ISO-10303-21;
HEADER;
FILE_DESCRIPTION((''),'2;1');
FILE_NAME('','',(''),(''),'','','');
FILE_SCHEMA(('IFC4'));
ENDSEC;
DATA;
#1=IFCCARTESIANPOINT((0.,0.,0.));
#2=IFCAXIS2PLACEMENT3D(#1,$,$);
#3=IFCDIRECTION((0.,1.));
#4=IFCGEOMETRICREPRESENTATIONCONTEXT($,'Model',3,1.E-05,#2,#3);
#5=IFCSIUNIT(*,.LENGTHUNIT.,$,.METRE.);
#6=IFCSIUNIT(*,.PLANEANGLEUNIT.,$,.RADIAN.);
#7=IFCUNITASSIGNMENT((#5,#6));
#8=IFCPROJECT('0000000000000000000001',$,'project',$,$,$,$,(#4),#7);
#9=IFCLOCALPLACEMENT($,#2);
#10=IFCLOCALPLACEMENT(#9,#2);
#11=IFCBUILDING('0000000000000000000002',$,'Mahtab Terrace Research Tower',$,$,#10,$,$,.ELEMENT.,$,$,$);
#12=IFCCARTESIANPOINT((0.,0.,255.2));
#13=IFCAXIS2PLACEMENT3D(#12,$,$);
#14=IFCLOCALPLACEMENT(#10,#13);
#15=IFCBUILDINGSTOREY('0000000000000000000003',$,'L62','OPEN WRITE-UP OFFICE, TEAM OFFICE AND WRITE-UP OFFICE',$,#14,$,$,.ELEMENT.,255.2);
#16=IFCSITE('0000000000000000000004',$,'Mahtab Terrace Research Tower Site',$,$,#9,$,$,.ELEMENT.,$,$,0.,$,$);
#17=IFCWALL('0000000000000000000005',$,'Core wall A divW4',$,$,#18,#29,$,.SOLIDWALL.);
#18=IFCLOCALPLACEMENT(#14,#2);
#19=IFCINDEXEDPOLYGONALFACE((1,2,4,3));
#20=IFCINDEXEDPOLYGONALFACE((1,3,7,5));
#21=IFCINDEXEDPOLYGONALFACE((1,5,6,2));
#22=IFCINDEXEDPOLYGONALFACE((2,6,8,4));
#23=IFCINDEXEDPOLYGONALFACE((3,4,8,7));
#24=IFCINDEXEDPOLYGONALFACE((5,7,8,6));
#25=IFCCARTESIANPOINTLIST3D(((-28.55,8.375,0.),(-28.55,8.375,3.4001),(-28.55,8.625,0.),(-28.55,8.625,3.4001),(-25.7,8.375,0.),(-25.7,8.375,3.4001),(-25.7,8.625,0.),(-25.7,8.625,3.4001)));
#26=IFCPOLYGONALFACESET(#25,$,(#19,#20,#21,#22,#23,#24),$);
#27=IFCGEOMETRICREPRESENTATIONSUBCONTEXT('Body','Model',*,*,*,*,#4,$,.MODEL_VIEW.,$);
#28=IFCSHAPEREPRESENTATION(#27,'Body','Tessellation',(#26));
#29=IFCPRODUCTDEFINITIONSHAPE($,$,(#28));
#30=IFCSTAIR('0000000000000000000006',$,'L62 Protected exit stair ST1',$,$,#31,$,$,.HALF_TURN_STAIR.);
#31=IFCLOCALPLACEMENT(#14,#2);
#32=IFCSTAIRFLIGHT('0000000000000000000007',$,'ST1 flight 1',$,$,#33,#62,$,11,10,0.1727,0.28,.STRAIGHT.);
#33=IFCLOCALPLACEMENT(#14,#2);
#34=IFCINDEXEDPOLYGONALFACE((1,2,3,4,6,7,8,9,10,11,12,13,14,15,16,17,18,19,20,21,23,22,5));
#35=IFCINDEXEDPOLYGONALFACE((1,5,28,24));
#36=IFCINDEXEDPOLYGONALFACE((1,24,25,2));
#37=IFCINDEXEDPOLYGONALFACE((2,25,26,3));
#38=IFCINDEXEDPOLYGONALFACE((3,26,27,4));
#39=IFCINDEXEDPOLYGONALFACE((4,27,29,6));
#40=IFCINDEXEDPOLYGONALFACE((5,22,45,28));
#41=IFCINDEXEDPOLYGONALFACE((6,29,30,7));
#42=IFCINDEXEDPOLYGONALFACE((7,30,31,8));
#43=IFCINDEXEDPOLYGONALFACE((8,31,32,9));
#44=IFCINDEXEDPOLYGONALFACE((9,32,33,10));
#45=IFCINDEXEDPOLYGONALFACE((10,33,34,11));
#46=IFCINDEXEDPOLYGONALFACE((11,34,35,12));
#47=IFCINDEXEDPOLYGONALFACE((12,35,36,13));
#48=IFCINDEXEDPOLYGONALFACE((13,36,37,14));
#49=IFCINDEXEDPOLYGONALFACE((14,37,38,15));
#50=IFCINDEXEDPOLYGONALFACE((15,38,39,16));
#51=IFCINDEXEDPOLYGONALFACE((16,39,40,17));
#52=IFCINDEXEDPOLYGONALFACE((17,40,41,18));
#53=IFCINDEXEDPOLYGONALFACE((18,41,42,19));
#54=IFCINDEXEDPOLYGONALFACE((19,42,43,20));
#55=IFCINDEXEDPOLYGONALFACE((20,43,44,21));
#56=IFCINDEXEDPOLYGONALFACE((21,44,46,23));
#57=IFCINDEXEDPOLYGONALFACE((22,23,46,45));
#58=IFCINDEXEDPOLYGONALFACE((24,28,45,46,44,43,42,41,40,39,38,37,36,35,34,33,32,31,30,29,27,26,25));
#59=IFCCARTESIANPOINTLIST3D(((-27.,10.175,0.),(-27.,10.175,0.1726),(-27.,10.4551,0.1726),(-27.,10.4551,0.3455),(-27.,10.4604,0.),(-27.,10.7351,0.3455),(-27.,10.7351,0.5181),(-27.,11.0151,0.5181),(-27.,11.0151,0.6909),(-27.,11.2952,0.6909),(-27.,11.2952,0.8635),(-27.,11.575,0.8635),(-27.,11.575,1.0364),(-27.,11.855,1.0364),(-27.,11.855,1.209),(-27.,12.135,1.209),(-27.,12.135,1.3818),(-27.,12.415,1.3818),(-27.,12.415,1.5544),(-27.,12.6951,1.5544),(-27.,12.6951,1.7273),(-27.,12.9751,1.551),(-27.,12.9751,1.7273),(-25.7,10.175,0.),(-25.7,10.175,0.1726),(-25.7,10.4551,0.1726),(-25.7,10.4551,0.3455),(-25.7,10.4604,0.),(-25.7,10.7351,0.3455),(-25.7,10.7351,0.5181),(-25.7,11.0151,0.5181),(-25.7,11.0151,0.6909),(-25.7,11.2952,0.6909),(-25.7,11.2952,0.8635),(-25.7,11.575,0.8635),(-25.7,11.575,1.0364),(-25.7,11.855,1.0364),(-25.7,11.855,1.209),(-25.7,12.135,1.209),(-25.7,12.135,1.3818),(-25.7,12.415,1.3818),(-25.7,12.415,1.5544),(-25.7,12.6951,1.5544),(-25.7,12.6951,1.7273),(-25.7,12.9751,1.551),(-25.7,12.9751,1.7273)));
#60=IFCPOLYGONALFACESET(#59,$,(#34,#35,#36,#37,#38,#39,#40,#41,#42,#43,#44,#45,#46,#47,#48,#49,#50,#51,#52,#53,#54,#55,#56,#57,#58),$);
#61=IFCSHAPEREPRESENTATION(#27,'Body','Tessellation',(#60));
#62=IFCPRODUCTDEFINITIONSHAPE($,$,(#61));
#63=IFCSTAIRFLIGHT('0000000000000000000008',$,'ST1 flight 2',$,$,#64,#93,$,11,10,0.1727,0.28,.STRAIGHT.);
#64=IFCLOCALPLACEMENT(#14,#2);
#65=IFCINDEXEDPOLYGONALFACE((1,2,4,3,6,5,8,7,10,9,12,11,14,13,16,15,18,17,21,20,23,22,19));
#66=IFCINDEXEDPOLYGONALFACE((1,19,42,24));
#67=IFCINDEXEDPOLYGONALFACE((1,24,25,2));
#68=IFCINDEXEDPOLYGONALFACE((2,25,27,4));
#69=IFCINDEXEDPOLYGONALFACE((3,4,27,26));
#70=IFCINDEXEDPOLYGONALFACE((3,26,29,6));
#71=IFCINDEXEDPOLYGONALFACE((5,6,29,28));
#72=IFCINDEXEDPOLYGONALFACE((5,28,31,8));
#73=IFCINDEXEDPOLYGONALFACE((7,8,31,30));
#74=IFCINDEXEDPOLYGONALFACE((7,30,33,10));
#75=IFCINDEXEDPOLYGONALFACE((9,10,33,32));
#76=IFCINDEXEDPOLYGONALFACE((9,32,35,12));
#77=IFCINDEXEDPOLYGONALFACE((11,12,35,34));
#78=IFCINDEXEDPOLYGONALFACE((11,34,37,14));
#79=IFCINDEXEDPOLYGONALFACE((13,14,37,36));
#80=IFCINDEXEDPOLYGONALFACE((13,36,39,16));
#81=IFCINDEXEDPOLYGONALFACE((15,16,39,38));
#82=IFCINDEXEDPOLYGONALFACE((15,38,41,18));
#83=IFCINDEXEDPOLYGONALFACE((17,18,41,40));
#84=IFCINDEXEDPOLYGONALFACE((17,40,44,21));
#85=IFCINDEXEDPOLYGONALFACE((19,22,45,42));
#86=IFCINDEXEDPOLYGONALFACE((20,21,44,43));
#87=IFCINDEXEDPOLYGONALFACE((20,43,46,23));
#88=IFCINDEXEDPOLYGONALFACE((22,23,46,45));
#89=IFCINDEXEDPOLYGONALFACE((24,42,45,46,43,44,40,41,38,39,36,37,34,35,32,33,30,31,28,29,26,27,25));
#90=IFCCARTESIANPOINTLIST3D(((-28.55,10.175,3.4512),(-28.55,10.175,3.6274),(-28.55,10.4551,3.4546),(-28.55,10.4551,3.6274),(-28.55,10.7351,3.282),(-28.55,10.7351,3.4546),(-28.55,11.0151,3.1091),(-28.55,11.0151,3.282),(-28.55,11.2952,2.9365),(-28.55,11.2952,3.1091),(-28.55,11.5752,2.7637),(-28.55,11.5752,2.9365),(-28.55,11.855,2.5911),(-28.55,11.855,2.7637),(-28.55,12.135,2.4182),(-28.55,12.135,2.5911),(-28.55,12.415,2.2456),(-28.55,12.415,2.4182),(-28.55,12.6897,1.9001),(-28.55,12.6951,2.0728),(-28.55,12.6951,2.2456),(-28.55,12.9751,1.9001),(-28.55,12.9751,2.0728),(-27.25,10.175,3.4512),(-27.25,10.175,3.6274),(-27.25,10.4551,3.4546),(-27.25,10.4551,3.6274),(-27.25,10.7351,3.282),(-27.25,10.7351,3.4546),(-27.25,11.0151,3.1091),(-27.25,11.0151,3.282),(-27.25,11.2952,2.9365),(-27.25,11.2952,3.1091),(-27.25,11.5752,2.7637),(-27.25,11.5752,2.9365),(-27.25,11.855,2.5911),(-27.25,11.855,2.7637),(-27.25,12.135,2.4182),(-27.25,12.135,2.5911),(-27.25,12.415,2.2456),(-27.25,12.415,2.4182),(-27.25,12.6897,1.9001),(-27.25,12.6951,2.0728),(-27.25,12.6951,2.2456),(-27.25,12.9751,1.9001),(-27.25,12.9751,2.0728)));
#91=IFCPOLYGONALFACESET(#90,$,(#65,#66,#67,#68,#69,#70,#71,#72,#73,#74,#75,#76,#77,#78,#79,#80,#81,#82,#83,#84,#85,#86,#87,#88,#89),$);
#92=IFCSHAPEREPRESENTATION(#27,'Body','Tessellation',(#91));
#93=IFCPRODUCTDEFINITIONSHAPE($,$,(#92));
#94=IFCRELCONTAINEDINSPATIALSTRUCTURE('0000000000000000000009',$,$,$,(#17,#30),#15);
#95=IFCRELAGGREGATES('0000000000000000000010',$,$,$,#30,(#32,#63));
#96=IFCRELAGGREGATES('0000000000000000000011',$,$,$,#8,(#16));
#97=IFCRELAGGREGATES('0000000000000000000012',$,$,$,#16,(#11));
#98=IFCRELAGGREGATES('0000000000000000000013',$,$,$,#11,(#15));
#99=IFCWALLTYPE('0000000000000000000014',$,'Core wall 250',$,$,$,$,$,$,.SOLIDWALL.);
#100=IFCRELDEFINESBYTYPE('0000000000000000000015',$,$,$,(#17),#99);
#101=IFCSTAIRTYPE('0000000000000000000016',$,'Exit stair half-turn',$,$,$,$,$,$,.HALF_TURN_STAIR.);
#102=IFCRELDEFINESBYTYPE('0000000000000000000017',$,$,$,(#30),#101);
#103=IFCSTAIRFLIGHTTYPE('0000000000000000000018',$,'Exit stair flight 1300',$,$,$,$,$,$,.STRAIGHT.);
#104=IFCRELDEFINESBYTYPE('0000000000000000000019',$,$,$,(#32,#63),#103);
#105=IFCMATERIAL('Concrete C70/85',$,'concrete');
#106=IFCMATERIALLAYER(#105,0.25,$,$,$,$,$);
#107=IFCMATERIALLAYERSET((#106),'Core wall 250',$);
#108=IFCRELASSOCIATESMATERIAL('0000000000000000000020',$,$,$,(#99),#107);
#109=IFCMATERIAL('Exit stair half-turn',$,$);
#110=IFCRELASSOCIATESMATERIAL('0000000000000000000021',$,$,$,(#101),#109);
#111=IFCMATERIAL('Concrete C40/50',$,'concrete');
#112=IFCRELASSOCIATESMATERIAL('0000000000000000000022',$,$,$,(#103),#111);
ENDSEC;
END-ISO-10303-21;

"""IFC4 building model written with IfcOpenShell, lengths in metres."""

from ifc_helpers import new_model, si_unit, direction, frame, frame_2d, origin, place, context, subcontext, project, spatial, polyline, rectangle, outline, extrude, material, layer, layer_set, type_object, element, aggregate, save


model = new_model("IFC4")

# Units and contexts
model_context = context("Model", 3, precision=1e-05, world=origin(), true_north=direction((0.0, 1.0)))
body_context = subcontext(model_context, "Body", "Model", "MODEL_VIEW")
ifc_project = project(units=[si_unit("LENGTHUNIT", "METRE"), si_unit("PLANEANGLEUNIT", "RADIAN")], contexts=[model_context])

# Site, building, storey
site_placement = place(None, origin())
site = spatial("IfcSite", under=ifc_project, at=site_placement, Name="Mahtab Terrace Research Tower Site", CompositionType="ELEMENT", RefElevation=0.0)
building_placement = place(site_placement, origin())
building = spatial("IfcBuilding", under=site, at=building_placement, Name="Mahtab Terrace Research Tower", CompositionType="ELEMENT")
storey_placement = place(building_placement, frame((0.0, 0.0, 255.2)))
storey = spatial("IfcBuildingStorey", under=building, at=storey_placement, Name="L62", Description="OPEN WRITE-UP OFFICE, TEAM OFFICE AND WRITE-UP OFFICE", CompositionType="ELEMENT", Elevation=255.2)

# Shared definitions
ifc_material_1 = material(Name="Concrete C70/85", Category="concrete")

# Wall
ifc_layer_1 = layer(ifc_material_1, 0.25)
ifc_layer_set_1 = layer_set([ifc_layer_1], Name="Core wall 250")
wall_type_1 = type_object("IfcWallType", Name="Core wall 250", PredefinedType="SOLIDWALL", material=ifc_layer_set_1)
wall_placement = place(storey_placement, frame((-28.55, 8.5, 0.0), z_axis=(0.0, 0.0, 1.0), x_axis=(1.0, 0.0, 0.0)))
element("IfcWall", 1, at=wall_placement, inside=storey, type_object=wall_type_1, Name="Core wall A divW4", PredefinedType="SOLIDWALL", context=body_context, shape_type="SweptSolid", body=[
    extrude(rectangle(XDim=2.8501, YDim=0.25, at=frame_2d((1.425, 0.0))), origin(), (0.0, 0.0, 1.0), 3.4001),
])

# Stair, stair flights
ifc_material_2 = material(Name="Exit stair half-turn")
stair_type = type_object("IfcStairType", Name="Exit stair half-turn", PredefinedType="HALF_TURN_STAIR", material=ifc_material_2)
stair_placement = place(storey_placement, origin())
stair = element("IfcStair", 2, at=stair_placement, inside=storey, type_object=stair_type, Name="L62 Protected exit stair ST1", PredefinedType="HALF_TURN_STAIR")
ifc_material_3 = material(Name="Concrete C40/50", Category="concrete")
stair_flight_type = type_object("IfcStairFlightType", Name="Exit stair flight 1300", PredefinedType="STRAIGHT", material=ifc_material_3)
stair_flight_1_placement = place(storey_placement, frame((-26.3501, 10.175, 0.0), z_axis=(0.0, 0.0, 1.0), x_axis=(0.0, 1.0, 0.0)))
stair_flight_1 = element("IfcStairFlight", 3, at=stair_flight_1_placement, type_object=stair_flight_type, Name="ST1 flight 1", NumberOfRisers=11, NumberOfTreads=10, PredefinedType="STRAIGHT", RiserHeight=0.1727, TreadLength=0.28, context=body_context, shape_type="SweptSolid", body=[
    extrude(outline(polyline([(0.0, 0.0), (0.0, 0.1726), (0.28, 0.1726), (0.28, 0.3455), (0.5601, 0.3455), (0.5601, 0.5181), (0.8401, 0.5181), (0.8401, 0.6909), (1.1201, 0.6909), (1.1201, 0.8635), (1.3999, 0.8635), (1.3999, 1.0364), (1.6799, 1.0364), (1.6799, 1.209), (1.96, 1.209), (1.96, 1.3818), (2.24, 1.3818), (2.24, 1.5544), (2.52, 1.5544), (2.52, 1.7273), (2.8, 1.7273), (2.8, 1.8999), (2.8, 1.551), (0.2854, 0.0), (0.0, 0.0)])), frame((0.0, 0.6499, 0.0), z_axis=(0.0, -1.0, 0.0), x_axis=(1.0, 0.0, 0.0)), (0.0, 0.0, 1.0), 1.3),
])
stair_flight_2_placement = place(storey_placement, frame((-27.8999, 12.9751, 1.9001), z_axis=(0.0, 0.0, 1.0), x_axis=(0.0, -1.0, 0.0)))
stair_flight_2 = element("IfcStairFlight", 4, at=stair_flight_2_placement, type_object=stair_flight_type, Name="ST1 flight 2", NumberOfRisers=11, NumberOfTreads=10, PredefinedType="STRAIGHT", RiserHeight=0.1727, TreadLength=0.28, context=body_context, shape_type="SweptSolid", body=[
    extrude(outline(polyline([(0.0, 0.0), (0.0, 0.1726), (0.28, 0.1726), (0.28, 0.3455), (0.5601, 0.3455), (0.5601, 0.5181), (0.8401, 0.5181), (0.8401, 0.6909), (1.1201, 0.6909), (1.1201, 0.8635), (1.3999, 0.8635), (1.3999, 1.0364), (1.6799, 1.0364), (1.6799, 1.209), (1.96, 1.209), (1.96, 1.3818), (2.24, 1.3818), (2.24, 1.5544), (2.52, 1.5544), (2.52, 1.7273), (2.8, 1.7273), (2.8, 1.8999), (2.8, 1.551), (0.2854, 0.0), (0.0, 0.0)])), frame((0.0, 0.6499, 0.0), z_axis=(0.0, -1.0, 0.0), x_axis=(1.0, 0.0, 0.0)), (0.0, 0.0, 1.0), 1.3),
])
aggregate(stair, [stair_flight_1, stair_flight_2])

save(model, "model.ifc")
